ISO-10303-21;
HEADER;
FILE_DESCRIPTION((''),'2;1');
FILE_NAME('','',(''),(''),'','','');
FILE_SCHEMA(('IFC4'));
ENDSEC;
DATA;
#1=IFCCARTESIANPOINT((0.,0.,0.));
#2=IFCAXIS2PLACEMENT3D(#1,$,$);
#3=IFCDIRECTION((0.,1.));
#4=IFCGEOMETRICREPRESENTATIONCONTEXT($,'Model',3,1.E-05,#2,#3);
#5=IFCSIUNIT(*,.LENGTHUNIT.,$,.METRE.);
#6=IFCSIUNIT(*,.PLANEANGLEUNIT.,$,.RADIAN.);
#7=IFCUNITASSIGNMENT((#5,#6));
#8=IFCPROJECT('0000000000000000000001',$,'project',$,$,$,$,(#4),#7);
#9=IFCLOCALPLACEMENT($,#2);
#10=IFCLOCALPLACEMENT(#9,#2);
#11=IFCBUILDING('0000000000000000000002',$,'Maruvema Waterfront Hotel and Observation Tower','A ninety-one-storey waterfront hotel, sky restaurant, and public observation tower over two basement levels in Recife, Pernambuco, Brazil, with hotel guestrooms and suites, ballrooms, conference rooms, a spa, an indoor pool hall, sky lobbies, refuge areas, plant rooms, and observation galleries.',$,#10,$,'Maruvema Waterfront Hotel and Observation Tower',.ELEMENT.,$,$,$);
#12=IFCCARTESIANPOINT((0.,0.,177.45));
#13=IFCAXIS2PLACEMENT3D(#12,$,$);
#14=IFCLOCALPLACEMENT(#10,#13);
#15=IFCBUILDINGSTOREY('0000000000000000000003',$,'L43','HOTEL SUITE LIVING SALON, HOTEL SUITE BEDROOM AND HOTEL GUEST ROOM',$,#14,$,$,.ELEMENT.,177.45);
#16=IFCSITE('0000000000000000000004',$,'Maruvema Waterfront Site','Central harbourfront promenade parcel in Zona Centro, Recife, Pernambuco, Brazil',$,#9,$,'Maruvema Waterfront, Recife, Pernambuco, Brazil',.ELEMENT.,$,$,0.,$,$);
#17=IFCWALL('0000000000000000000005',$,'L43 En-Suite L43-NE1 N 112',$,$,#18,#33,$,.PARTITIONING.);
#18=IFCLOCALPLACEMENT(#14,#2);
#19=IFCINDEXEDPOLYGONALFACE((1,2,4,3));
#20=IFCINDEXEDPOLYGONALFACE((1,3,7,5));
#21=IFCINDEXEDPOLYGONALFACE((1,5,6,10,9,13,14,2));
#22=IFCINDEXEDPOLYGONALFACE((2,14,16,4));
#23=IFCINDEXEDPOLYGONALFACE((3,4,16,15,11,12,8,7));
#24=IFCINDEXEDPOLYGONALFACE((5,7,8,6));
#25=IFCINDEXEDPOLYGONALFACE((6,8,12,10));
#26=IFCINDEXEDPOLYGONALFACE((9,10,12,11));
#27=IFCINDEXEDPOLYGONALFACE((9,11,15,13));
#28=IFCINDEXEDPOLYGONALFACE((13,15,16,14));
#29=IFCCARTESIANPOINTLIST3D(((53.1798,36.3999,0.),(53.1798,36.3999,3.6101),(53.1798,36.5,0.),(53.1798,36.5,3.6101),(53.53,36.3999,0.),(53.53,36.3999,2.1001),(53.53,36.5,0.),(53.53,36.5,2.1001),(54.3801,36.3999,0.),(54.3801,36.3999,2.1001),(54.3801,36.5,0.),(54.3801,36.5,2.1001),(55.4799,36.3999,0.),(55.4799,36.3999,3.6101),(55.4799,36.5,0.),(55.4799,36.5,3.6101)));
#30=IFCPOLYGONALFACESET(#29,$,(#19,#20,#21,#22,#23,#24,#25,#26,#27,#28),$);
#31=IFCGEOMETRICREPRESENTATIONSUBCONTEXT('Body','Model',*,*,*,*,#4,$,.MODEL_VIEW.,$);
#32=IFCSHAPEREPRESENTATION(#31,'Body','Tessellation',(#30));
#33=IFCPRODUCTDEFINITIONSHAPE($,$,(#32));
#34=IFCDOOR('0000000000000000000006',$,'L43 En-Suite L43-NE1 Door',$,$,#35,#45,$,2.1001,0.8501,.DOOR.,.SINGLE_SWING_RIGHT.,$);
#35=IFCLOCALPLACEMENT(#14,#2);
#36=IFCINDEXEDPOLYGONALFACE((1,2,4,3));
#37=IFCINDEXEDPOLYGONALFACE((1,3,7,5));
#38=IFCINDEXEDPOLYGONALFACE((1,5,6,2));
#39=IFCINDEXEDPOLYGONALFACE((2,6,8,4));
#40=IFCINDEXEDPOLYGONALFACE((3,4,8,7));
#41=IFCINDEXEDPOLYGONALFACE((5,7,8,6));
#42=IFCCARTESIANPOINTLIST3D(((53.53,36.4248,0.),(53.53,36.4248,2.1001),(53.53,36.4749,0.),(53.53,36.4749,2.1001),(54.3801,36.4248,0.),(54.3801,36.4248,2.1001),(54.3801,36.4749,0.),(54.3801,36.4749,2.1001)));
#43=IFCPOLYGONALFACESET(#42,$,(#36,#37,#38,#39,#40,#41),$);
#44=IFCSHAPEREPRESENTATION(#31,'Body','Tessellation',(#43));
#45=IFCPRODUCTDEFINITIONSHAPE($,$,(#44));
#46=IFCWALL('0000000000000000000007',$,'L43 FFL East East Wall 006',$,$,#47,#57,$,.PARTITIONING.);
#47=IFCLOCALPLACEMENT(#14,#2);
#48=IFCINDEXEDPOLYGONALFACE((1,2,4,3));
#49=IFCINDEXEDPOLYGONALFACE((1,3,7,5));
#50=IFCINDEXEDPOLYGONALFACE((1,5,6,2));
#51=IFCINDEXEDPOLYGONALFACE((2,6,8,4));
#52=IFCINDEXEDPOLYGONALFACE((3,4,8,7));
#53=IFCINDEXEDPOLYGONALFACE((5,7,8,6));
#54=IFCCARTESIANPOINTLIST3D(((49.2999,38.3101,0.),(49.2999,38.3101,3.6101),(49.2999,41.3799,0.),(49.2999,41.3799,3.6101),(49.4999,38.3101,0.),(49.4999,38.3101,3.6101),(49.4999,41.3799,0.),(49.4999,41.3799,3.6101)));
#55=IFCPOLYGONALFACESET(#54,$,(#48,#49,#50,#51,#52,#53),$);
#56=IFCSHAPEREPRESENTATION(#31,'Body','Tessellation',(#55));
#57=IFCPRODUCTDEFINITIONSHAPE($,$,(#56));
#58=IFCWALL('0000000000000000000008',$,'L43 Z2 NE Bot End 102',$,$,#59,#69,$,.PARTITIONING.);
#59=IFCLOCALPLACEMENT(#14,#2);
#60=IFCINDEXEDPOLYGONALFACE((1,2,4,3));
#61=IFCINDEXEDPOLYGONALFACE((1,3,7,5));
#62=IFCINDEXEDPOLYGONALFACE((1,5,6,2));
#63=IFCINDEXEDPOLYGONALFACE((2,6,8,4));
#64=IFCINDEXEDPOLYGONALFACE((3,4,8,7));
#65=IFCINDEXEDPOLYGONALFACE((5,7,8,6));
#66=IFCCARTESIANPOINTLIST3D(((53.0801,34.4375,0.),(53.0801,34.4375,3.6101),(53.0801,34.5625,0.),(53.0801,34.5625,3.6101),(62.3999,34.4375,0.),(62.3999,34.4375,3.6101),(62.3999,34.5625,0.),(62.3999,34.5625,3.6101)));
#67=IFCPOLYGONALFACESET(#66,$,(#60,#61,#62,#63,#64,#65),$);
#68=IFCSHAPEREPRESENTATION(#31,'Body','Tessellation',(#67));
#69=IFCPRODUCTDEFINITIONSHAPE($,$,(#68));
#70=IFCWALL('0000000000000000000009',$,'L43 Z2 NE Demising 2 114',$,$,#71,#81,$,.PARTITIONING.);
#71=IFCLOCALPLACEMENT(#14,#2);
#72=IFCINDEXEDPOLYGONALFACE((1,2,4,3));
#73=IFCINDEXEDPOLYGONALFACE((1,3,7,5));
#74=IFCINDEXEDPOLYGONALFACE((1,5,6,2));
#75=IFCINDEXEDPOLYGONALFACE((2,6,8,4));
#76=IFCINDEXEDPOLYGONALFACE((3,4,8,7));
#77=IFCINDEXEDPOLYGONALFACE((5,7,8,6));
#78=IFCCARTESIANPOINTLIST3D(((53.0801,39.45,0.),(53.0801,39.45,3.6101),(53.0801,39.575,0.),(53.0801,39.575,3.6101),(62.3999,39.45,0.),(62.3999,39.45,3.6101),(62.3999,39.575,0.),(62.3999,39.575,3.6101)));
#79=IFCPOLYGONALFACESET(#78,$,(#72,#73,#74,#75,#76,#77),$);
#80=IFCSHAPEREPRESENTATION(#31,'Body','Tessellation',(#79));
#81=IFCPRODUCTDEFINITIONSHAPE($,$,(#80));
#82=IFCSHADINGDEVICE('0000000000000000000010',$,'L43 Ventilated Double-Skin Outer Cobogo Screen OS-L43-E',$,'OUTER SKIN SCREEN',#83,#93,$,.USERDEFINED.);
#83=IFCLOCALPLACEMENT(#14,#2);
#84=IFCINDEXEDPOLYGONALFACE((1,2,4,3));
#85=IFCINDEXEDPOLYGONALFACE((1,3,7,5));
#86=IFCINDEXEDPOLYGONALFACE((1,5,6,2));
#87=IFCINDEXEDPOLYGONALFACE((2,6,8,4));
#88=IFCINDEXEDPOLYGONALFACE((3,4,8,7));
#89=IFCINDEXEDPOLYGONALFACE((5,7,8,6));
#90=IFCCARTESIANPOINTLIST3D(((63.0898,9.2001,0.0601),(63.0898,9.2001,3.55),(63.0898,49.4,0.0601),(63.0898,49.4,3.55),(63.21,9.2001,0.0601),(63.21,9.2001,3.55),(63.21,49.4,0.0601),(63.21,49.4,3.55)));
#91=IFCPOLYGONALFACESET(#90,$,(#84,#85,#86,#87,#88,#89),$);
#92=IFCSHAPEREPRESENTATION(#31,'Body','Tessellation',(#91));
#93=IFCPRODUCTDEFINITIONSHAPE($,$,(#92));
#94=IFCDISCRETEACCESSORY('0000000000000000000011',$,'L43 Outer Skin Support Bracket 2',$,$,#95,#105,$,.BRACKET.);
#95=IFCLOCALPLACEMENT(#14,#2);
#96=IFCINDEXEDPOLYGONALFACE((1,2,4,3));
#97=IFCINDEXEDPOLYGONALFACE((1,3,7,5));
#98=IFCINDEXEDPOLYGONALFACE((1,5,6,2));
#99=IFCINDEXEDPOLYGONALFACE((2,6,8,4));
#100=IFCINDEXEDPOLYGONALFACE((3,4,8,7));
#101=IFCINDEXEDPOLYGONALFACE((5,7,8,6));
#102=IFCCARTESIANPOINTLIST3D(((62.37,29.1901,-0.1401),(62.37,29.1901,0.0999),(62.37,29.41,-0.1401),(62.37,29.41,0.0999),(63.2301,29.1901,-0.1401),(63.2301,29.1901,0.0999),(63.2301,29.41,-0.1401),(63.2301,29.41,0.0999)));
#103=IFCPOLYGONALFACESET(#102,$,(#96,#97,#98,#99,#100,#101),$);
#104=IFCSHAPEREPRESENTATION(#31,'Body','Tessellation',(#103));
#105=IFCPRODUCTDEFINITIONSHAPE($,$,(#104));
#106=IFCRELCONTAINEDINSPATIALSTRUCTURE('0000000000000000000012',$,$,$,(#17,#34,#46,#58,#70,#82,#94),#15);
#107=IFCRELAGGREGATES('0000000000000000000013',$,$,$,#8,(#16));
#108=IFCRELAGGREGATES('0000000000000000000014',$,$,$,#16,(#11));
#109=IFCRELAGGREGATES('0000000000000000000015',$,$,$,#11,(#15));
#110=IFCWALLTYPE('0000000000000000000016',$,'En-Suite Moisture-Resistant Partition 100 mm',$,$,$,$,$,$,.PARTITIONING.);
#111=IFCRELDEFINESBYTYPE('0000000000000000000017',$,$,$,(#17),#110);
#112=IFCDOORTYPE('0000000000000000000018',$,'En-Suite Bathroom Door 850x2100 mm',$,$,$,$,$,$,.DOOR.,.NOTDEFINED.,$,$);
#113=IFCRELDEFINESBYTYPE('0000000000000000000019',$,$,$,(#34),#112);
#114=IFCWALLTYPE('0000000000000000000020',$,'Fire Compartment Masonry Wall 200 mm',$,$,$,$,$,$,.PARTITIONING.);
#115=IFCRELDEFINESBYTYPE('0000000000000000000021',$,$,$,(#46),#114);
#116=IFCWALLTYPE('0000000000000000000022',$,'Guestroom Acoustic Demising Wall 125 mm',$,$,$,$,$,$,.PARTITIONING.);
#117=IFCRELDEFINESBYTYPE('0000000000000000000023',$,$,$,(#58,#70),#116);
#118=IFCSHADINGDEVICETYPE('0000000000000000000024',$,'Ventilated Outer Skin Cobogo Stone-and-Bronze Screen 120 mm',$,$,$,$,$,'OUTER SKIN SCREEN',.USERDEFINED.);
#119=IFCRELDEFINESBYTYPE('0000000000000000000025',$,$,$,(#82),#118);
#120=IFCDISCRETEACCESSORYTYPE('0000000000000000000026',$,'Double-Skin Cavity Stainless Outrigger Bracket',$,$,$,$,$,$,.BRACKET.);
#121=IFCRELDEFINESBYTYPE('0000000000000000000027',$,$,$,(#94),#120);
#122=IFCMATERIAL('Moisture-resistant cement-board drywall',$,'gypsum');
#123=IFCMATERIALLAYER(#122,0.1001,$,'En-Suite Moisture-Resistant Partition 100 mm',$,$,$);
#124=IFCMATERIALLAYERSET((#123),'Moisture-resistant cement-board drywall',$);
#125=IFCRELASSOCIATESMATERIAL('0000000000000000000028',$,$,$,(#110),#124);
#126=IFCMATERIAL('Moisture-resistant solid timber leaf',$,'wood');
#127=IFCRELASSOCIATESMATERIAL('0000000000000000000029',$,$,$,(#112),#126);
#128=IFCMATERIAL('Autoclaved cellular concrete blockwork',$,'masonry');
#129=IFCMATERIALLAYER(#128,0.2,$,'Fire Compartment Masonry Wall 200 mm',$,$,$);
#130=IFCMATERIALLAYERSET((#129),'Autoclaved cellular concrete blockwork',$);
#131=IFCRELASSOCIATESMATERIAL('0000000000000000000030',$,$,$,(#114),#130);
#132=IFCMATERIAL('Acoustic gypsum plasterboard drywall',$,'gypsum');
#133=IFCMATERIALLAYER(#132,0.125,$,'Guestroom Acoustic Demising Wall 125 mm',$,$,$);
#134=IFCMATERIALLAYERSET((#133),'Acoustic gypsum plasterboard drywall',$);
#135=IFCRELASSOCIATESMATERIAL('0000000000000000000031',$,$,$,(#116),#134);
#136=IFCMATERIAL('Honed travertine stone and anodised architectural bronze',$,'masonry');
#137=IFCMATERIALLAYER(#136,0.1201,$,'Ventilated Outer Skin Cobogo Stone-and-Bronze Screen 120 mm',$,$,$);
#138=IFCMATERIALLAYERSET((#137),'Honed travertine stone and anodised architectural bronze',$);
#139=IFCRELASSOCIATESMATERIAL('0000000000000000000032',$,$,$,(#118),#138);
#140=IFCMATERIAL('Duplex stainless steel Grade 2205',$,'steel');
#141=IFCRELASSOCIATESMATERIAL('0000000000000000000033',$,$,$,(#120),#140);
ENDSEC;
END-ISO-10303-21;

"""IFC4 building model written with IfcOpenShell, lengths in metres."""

from ifc_helpers import new_model, si_unit, direction, frame, frame_2d, origin, origin_2d, place, context, subcontext, project, spatial, rectangle, extrude, material, layer, layer_set, type_object, element, fill, save


model = new_model("IFC4")

# Units and contexts
model_context = context("Model", 3, precision=1e-05, world=origin(), true_north=direction((0.0, 1.0)))
body_context = subcontext(model_context, "Body", "Model", "MODEL_VIEW")
ifc_project = project(units=[si_unit("LENGTHUNIT", "METRE"), si_unit("PLANEANGLEUNIT", "RADIAN")], contexts=[model_context])

# Site, building, storey
site_placement = place(None, origin())
site = spatial("IfcSite", under=ifc_project, at=site_placement, Name="Maruvema Waterfront Site", Description="Central harbourfront promenade parcel in Zona Centro, Recife, Pernambuco, Brazil", LongName="Maruvema Waterfront, Recife, Pernambuco, Brazil", CompositionType="ELEMENT", RefElevation=0.0)
building_placement = place(site_placement, origin())
building = spatial("IfcBuilding", under=site, at=building_placement, Name="Maruvema Waterfront Hotel and Observation Tower", Description="A ninety-one-storey waterfront hotel, sky restaurant, and public observation tower over two basement levels in Recife, Pernambuco, Brazil, with hotel guestrooms and suites, ballrooms, conference rooms, a spa, an indoor pool hall, sky lobbies, refuge areas, plant rooms, and observation galleries.", LongName="Maruvema Waterfront Hotel and Observation Tower", CompositionType="ELEMENT")
storey_placement = place(building_placement, frame((0.0, 0.0, 177.45)))
storey = spatial("IfcBuildingStorey", under=building, at=storey_placement, Name="L43", Description="HOTEL SUITE LIVING SALON, HOTEL SUITE BEDROOM AND HOTEL GUEST ROOM", CompositionType="ELEMENT", Elevation=177.45)

# Shared definitions
ifc_material_1 = material(Name="Moisture-resistant cement-board drywall", Category="gypsum")
ifc_layer_1 = layer(ifc_material_1, 0.1001, Name="En-Suite Moisture-Resistant Partition 100 mm")
ifc_layer_set_1 = layer_set([ifc_layer_1], Name="Moisture-resistant cement-board drywall")
wall_type_1 = type_object("IfcWallType", Name="En-Suite Moisture-Resistant Partition 100 mm", PredefinedType="PARTITIONING", material=ifc_layer_set_1)

# Wall, opening, door
wall_1_placement = place(storey_placement, frame((53.1799, 36.45, 0.0), z_axis=(0.0, 0.0, 1.0), x_axis=(1.0, 0.0, 0.0)))
wall_1 = element("IfcWall", 1, at=wall_1_placement, inside=storey, type_object=wall_type_1, Name="L43 En-Suite L43-NE1 N 112", PredefinedType="PARTITIONING", context=body_context, shape_type="SweptSolid", body=[
    extrude(rectangle(XDim=2.3, YDim=0.1001, at=frame_2d((1.1499, 0.0))), origin(), (0.0, 0.0, 1.0), 3.6101),
])
opening_1_placement = place(wall_1_placement, frame((0.3501, 0.0, 0.0)))
opening_1 = element("IfcOpeningElement", 2, at=opening_1_placement, cuts=wall_1, PredefinedType="OPENING", context=body_context, shape_type="SweptSolid", body=[
    extrude(rectangle(XDim=0.8501, YDim=2.1001, at=frame_2d((0.425, 1.05))), frame((0.0, 0.0601, 0.0), z_axis=(0.0, -1.0, 0.0), x_axis=(1.0, 0.0, 0.0)), (0.0, 0.0, 1.0), 0.1201),
])
ifc_material_2 = material(Name="Moisture-resistant solid timber leaf", Category="wood")
door_type_1 = type_object("IfcDoorType", Name="En-Suite Bathroom Door 850x2100 mm", OperationType="NOTDEFINED", PredefinedType="DOOR", material=ifc_material_2)
door_1_placement = place(opening_1_placement, origin())
door_1 = element("IfcDoor", 3, at=door_1_placement, inside=storey, type_object=door_type_1, Name="L43 En-Suite L43-NE1 Door", OperationType="SINGLE_SWING_RIGHT", OverallHeight=2.1001, OverallWidth=0.8501, PredefinedType="DOOR", context=body_context, shape_type="SweptSolid", body=[
    extrude(rectangle(XDim=0.8501, YDim=2.1001, at=frame_2d((0.425, 1.05))), frame((0.0, 0.0249, 0.0), z_axis=(0.0, -1.0, 0.0), x_axis=(1.0, 0.0, 0.0)), (0.0, 0.0, 1.0), 0.05),
])
fill(opening_1, door_1)

# Walls
ifc_material_3 = material(Name="Autoclaved cellular concrete blockwork", Category="masonry")
ifc_layer_2 = layer(ifc_material_3, 0.2, Name="Fire Compartment Masonry Wall 200 mm")
ifc_layer_set_2 = layer_set([ifc_layer_2], Name="Autoclaved cellular concrete blockwork")
wall_type_2 = type_object("IfcWallType", Name="Fire Compartment Masonry Wall 200 mm", PredefinedType="PARTITIONING", material=ifc_layer_set_2)
wall_2_placement = place(storey_placement, frame((49.3999, 38.3101, 0.0), z_axis=(0.0, 0.0, 1.0), x_axis=(0.0, 1.0, 0.0)))
element("IfcWall", 4, at=wall_2_placement, inside=storey, type_object=wall_type_2, Name="L43 FFL East East Wall 006", PredefinedType="PARTITIONING", context=body_context, shape_type="SweptSolid", body=[
    extrude(rectangle(XDim=3.0698, YDim=0.2, at=frame_2d((1.5349, 0.0))), origin(), (0.0, 0.0, 1.0), 3.6101),
])
ifc_material_4 = material(Name="Acoustic gypsum plasterboard drywall", Category="gypsum")
ifc_layer_3 = layer(ifc_material_4, 0.125, Name="Guestroom Acoustic Demising Wall 125 mm")
ifc_layer_set_3 = layer_set([ifc_layer_3], Name="Acoustic gypsum plasterboard drywall")
wall_type_3 = type_object("IfcWallType", Name="Guestroom Acoustic Demising Wall 125 mm", PredefinedType="PARTITIONING", material=ifc_layer_set_3)
for number, where, z_axis, x_axis, name in (
    (5, (53.0801, 34.5, 0.0), (0.0, 0.0, 1.0), (1.0, 0.0, 0.0), "L43 Z2 NE Bot End 102"),
    (6, (53.0801, 39.5125, 0.0), (0.0, 0.0, 1.0), (1.0, 0.0, 0.0), "L43 Z2 NE Demising 2 114"),
):
    element("IfcWall", number, at=place(storey_placement, frame(where, z_axis=z_axis, x_axis=x_axis)), inside=storey, type_object=wall_type_3, Name=name, PredefinedType="PARTITIONING", context=body_context, shape_type="SweptSolid", body=[
        extrude(rectangle(XDim=9.3198, YDim=0.125, at=frame_2d((4.6599, 0.0))), origin(), (0.0, 0.0, 1.0), 3.6101),
    ])

# Shading device
ifc_material_5 = material(Name="Honed travertine stone and anodised architectural bronze", Category="masonry")
ifc_layer_4 = layer(ifc_material_5, 0.1201, Name="Ventilated Outer Skin Cobogo Stone-and-Bronze Screen 120 mm")
ifc_layer_set_4 = layer_set([ifc_layer_4], Name="Honed travertine stone and anodised architectural bronze")
shading_device_type = type_object("IfcShadingDeviceType", Name="Ventilated Outer Skin Cobogo Stone-and-Bronze Screen 120 mm", ElementType="OUTER SKIN SCREEN", PredefinedType="USERDEFINED", material=ifc_layer_set_4)
shading_device_placement = place(storey_placement, frame((63.1499, 29.3, 0.0601), z_axis=(0.0, 0.0, 1.0), x_axis=(0.0, 1.0, 0.0)))
element("IfcShadingDevice", 7, at=shading_device_placement, inside=storey, type_object=shading_device_type, Name="L43 Ventilated Double-Skin Outer Cobogo Screen OS-L43-E", ObjectType="OUTER SKIN SCREEN", PredefinedType="USERDEFINED", context=body_context, shape_type="SweptSolid", body=[
    extrude(rectangle(XDim=40.2, YDim=0.1201, at=origin_2d()), origin(), (0.0, 0.0, 1.0), 3.49),
])

# Discrete accessory
ifc_material_6 = material(Name="Duplex stainless steel Grade 2205", Category="steel")
discrete_accessory_type = type_object("IfcDiscreteAccessoryType", Name="Double-Skin Cavity Stainless Outrigger Bracket", PredefinedType="BRACKET", material=ifc_material_6)
discrete_accessory_placement = place(storey_placement, frame((62.8, 29.3, -0.1401), z_axis=(0.0, 0.0, 1.0), x_axis=(0.0, 1.0, 0.0)))
element("IfcDiscreteAccessory", 8, at=discrete_accessory_placement, inside=storey, type_object=discrete_accessory_type, Name="L43 Outer Skin Support Bracket 2", PredefinedType="BRACKET", context=body_context, shape_type="SweptSolid", body=[
    extrude(rectangle(XDim=0.22, YDim=0.8601, at=origin_2d()), origin(), (0.0, 0.0, 1.0), 0.24),
])

save(model, "model.ifc")
